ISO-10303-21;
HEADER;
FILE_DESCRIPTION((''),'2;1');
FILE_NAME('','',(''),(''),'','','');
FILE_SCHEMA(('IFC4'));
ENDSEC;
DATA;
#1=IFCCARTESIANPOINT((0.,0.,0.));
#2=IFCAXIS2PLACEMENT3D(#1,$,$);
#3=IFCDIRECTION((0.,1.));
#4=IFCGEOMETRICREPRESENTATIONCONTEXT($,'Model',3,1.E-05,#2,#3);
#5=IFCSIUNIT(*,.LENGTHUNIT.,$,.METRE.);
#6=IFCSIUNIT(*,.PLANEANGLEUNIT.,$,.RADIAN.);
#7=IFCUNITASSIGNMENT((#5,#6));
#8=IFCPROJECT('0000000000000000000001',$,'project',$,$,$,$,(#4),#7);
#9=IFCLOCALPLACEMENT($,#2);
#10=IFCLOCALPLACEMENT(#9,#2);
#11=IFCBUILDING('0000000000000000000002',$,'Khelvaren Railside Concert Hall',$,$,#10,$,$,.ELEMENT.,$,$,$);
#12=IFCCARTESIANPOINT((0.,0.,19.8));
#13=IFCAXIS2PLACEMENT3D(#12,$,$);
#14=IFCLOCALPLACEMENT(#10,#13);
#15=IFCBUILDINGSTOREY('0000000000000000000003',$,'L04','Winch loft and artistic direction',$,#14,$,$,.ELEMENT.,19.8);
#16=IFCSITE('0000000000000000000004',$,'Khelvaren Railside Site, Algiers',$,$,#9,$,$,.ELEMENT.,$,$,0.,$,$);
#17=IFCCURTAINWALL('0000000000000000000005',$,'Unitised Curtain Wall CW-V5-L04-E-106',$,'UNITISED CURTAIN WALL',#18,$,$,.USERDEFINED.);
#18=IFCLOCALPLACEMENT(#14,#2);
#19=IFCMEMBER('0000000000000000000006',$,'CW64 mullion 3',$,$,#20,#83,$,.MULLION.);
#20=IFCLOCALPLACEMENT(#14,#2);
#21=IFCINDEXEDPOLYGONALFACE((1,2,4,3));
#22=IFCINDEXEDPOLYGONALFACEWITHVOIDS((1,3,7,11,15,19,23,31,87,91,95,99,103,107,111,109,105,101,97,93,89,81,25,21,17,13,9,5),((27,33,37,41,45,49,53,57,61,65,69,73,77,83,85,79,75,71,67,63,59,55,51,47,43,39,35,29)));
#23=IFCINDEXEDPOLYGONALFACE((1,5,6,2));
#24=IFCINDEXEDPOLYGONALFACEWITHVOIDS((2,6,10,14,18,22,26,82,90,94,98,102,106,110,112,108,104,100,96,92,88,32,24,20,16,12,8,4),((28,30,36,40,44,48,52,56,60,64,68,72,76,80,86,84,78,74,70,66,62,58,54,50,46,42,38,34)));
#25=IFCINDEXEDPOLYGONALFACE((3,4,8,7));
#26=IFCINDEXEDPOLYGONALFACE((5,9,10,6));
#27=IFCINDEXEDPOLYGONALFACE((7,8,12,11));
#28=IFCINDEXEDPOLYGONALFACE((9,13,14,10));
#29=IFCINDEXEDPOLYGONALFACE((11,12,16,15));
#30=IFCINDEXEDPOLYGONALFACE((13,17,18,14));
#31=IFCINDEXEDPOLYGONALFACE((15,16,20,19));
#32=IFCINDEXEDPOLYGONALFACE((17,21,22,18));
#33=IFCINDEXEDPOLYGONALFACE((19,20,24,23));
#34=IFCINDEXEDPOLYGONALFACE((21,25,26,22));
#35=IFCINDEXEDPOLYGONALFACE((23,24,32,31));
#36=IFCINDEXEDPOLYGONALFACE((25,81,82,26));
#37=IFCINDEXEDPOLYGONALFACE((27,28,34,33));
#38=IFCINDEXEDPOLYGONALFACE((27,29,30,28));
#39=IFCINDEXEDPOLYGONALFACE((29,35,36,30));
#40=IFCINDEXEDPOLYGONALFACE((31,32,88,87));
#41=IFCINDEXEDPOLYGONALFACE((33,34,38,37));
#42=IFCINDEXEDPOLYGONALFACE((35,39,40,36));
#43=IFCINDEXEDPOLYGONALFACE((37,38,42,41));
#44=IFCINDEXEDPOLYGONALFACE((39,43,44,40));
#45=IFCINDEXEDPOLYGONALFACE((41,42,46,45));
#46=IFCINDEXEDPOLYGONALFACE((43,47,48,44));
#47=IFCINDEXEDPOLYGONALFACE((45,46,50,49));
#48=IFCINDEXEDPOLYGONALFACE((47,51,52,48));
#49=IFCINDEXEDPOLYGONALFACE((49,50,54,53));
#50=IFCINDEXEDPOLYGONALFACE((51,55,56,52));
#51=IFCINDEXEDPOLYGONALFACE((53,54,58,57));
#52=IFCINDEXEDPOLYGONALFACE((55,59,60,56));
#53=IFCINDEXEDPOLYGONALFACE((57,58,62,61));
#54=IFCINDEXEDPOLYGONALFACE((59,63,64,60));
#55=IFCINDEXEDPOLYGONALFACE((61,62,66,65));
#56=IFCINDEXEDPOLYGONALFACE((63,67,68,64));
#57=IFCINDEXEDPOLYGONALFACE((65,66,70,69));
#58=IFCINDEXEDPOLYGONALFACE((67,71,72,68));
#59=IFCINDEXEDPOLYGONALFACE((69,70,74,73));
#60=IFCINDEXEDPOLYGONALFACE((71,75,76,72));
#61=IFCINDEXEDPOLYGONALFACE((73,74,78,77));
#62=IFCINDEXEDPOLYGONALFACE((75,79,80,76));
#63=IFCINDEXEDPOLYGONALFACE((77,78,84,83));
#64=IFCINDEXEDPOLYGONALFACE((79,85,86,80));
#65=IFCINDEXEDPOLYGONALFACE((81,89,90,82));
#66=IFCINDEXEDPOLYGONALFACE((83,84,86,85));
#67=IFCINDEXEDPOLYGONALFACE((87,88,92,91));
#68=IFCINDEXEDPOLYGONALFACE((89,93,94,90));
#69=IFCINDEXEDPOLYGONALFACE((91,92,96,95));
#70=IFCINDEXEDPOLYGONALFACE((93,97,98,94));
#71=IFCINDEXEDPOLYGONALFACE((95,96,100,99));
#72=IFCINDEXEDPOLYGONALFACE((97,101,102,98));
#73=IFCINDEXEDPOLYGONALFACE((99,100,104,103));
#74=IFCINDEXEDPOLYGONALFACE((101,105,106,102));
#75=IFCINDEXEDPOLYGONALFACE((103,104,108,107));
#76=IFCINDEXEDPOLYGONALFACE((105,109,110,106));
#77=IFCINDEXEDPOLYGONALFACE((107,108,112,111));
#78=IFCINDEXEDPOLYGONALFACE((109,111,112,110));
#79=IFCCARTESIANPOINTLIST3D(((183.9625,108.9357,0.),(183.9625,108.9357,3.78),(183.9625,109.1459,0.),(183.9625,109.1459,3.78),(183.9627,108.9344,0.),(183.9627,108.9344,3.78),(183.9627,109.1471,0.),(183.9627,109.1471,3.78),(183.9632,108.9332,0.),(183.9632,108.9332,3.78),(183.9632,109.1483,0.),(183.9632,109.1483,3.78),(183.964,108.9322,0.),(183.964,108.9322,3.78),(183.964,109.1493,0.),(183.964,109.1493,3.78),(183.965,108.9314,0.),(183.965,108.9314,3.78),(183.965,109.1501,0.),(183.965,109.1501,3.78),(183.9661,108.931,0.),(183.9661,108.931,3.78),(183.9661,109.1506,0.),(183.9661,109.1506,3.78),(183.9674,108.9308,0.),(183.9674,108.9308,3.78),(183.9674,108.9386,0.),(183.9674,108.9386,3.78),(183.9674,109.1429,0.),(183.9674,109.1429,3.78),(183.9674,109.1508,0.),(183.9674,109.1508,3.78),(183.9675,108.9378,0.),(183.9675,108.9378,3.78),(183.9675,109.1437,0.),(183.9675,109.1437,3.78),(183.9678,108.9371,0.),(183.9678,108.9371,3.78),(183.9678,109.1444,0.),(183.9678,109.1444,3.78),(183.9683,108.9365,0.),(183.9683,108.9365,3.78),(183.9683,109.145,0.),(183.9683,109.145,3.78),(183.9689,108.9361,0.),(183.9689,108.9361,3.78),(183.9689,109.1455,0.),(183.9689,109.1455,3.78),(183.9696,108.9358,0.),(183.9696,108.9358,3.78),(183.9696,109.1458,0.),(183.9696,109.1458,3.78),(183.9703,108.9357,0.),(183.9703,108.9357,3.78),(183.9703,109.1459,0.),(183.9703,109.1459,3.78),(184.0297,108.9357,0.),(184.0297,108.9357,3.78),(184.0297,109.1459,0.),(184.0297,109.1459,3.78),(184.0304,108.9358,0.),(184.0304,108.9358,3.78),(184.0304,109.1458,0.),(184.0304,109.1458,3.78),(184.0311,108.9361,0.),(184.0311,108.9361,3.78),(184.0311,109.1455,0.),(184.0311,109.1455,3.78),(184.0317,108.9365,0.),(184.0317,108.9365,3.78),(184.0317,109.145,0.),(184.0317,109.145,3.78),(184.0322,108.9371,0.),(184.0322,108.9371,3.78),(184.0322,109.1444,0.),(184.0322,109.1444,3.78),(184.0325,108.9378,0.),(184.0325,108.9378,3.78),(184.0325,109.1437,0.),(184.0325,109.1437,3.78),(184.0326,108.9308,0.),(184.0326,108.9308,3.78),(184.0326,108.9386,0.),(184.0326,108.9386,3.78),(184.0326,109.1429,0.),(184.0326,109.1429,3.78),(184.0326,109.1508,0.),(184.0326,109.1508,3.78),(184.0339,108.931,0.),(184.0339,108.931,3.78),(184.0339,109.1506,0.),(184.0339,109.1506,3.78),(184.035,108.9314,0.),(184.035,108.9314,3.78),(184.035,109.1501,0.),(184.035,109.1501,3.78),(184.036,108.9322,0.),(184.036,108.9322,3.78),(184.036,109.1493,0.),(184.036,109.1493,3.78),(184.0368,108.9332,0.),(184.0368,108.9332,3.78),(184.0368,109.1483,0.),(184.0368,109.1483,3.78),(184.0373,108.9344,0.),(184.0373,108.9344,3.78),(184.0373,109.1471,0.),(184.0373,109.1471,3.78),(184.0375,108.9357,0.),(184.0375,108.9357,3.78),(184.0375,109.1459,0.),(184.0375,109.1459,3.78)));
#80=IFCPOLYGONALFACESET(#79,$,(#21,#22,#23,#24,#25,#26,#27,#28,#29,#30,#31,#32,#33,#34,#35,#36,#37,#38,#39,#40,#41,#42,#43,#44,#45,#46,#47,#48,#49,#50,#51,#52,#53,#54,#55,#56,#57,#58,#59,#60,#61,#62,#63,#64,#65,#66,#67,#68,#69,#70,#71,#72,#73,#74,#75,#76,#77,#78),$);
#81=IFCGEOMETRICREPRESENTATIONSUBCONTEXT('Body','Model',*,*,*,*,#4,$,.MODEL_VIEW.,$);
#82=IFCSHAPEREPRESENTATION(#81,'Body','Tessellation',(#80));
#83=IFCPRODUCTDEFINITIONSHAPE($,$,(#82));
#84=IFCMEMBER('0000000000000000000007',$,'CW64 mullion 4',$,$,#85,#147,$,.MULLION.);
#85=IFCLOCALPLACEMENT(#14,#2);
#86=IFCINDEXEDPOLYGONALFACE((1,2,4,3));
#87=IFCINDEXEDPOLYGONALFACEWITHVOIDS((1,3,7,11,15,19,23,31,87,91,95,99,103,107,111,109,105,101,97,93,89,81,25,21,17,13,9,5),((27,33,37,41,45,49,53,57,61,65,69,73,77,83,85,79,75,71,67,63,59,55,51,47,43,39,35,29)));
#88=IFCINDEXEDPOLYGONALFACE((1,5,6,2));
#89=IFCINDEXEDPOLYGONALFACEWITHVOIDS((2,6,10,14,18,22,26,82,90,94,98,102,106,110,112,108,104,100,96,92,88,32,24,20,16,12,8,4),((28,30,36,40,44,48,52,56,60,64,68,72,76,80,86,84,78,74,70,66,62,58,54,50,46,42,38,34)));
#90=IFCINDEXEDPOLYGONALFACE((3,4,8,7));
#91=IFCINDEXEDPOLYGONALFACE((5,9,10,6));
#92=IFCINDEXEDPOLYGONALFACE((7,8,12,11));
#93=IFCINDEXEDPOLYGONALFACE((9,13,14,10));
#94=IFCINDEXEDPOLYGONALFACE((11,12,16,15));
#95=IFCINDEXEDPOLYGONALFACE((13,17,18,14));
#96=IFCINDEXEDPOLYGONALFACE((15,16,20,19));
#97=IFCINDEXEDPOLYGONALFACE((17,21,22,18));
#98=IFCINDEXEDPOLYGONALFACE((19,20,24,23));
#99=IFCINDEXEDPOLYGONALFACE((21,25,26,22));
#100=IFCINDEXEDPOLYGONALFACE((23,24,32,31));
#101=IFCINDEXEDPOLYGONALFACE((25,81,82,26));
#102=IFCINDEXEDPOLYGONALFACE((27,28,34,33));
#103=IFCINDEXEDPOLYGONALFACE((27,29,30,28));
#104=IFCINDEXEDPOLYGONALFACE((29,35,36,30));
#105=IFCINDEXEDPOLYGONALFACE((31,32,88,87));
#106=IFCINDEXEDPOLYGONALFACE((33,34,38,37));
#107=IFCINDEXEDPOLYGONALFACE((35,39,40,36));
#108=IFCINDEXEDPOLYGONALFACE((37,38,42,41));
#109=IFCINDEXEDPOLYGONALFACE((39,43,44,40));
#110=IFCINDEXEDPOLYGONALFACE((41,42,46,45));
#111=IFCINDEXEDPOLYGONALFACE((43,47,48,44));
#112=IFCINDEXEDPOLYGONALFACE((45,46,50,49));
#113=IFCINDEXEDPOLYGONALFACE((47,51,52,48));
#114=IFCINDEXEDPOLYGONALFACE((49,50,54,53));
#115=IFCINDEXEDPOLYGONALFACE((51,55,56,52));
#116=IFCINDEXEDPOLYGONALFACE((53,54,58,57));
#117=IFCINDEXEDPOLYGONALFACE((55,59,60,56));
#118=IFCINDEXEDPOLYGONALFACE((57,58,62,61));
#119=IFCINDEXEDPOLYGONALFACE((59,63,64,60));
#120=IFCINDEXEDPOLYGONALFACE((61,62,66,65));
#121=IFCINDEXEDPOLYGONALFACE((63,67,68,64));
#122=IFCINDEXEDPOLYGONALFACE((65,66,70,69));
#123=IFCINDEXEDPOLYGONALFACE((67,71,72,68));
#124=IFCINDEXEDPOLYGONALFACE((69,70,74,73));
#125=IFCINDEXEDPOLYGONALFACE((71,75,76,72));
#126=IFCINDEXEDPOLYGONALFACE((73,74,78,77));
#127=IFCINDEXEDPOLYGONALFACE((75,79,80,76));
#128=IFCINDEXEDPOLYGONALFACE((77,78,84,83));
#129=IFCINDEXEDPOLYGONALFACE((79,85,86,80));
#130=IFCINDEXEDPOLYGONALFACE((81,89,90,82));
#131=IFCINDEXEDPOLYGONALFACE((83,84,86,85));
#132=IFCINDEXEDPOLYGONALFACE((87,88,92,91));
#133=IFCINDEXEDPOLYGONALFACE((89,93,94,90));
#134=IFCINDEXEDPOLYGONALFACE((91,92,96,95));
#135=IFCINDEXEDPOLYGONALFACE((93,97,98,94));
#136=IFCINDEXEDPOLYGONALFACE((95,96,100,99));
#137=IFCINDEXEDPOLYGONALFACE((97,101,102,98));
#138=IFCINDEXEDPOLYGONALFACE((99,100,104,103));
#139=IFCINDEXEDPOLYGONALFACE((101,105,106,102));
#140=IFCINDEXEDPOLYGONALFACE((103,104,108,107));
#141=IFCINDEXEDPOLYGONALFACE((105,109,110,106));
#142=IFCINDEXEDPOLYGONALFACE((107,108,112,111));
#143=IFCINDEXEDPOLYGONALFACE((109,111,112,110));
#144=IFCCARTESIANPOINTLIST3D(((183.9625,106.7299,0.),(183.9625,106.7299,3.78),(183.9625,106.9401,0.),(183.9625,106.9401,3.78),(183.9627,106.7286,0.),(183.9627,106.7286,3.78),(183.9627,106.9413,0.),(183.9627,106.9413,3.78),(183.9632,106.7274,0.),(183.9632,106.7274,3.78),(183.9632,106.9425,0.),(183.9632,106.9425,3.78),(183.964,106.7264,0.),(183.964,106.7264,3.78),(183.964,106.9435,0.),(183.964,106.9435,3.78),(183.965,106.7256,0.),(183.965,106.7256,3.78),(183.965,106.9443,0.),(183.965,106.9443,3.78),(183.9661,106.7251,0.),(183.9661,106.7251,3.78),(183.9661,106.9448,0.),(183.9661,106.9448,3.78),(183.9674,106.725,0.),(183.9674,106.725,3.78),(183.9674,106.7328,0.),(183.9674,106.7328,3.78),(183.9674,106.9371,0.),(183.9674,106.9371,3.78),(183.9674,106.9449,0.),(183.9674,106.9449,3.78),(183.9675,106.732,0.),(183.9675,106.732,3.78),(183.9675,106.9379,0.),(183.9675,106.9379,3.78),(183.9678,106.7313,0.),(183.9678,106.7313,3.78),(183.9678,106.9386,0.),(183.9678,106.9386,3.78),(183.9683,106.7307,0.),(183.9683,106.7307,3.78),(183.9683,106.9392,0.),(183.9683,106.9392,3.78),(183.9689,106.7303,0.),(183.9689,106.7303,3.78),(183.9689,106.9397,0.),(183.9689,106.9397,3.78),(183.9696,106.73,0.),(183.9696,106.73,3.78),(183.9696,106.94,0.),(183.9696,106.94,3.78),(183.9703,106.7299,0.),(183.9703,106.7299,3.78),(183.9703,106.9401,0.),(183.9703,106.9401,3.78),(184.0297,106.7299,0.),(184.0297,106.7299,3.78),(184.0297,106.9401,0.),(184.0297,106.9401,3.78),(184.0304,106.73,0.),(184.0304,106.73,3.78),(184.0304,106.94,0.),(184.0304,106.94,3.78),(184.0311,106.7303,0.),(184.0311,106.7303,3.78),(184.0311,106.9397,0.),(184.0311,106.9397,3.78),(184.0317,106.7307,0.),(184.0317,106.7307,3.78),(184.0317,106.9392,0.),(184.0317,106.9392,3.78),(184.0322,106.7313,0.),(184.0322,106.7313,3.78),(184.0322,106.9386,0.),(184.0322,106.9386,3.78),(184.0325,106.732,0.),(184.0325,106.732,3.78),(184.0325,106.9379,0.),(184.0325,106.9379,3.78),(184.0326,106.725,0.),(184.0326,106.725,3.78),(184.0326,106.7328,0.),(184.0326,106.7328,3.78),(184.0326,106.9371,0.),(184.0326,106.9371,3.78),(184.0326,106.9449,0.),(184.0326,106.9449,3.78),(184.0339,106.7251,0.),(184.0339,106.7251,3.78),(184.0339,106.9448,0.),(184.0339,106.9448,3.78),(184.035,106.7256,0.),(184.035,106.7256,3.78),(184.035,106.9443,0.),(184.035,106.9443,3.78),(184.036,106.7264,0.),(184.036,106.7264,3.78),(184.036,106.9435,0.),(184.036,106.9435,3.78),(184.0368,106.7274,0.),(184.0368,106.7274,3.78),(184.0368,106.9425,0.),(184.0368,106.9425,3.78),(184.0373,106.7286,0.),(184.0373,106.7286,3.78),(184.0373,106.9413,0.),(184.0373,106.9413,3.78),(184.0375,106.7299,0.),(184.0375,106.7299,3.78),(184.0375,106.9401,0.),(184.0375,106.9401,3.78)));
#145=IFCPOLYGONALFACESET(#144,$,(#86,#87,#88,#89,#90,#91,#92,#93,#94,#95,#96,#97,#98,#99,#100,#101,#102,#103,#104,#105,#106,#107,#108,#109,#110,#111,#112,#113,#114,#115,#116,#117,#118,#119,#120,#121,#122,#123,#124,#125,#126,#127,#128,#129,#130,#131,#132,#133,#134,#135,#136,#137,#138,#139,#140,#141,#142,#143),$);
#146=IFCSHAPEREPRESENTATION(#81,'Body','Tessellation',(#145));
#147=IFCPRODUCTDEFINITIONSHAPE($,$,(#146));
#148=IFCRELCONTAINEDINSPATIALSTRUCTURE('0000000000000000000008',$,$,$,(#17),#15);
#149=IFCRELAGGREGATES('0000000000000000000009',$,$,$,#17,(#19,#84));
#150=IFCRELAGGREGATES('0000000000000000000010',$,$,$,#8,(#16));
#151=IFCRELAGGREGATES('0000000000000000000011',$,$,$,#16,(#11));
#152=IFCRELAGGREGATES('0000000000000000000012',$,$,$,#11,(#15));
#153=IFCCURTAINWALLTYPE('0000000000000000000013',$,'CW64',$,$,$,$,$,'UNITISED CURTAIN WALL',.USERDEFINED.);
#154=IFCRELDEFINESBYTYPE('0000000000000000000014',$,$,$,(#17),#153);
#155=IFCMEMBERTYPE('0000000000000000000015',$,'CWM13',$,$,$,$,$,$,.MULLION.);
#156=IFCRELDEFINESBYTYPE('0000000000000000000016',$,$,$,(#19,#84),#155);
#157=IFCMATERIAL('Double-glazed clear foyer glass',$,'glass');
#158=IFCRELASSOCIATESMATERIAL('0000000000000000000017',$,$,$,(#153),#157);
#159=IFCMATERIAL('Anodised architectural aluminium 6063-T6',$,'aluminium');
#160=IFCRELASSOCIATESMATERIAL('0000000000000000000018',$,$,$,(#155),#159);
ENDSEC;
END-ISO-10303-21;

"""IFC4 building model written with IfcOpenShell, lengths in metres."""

from ifc_helpers import new_model, si_unit, direction, frame, origin, origin_2d, place, context, subcontext, project, spatial, hollow_rectangle, extrude, material, material_profile, profile_set, type_object, element, aggregate, save


model = new_model("IFC4")

# Units and contexts
model_context = context("Model", 3, precision=1e-05, world=origin(), true_north=direction((0.0, 1.0)))
body_context = subcontext(model_context, "Body", "Model", "MODEL_VIEW")
ifc_project = project(units=[si_unit("LENGTHUNIT", "METRE"), si_unit("PLANEANGLEUNIT", "RADIAN")], contexts=[model_context])

# Site, building, storey
site_placement = place(None, origin())
site = spatial("IfcSite", under=ifc_project, at=site_placement, Name="Khelvaren Railside Site, Algiers", CompositionType="ELEMENT", RefElevation=0.0)
building_placement = place(site_placement, origin())
building = spatial("IfcBuilding", under=site, at=building_placement, Name="Khelvaren Railside Concert Hall", CompositionType="ELEMENT")
storey_placement = place(building_placement, frame((0.0, 0.0, 19.8)))
storey = spatial("IfcBuildingStorey", under=building, at=storey_placement, Name="L04", Description="Winch loft and artistic direction", CompositionType="ELEMENT", Elevation=19.8)

# Curtain wall, members
ifc_material_1 = material(Name="Double-glazed clear foyer glass", Category="glass")
curtain_wall_type_1 = type_object("IfcCurtainWallType", Name="CW64", ElementType="UNITISED CURTAIN WALL", PredefinedType="USERDEFINED", material=ifc_material_1)
curtain_wall_1_placement = place(storey_placement, origin())
curtain_wall_1 = element("IfcCurtainWall", 1, at=curtain_wall_1_placement, inside=storey, type_object=curtain_wall_type_1, Name="Unitised Curtain Wall CW-V5-L04-E-106", ObjectType="UNITISED CURTAIN WALL", PredefinedType="USERDEFINED")
ifc_material_2 = material(Name="Anodised architectural aluminium 6063-T6", Category="aluminium")
ifc_material_profile_1 = material_profile(ifc_material_2, hollow_rectangle(XDim=0.075, YDim=0.22, WallThickness=0.0049, InnerFilletRadius=0.0029, OuterFilletRadius=0.0049, at=origin_2d()), Name="CWM 75x220x5")
ifc_profile_set_1 = profile_set([ifc_material_profile_1], Name="Anodised architectural aluminium 6063-T6")
member_type_1 = type_object("IfcMemberType", Name="CWM13", PredefinedType="MULLION", material=ifc_profile_set_1)
member_1_placement = place(storey_placement, frame((184.0, 109.0408, 0.0), z_axis=(0.0, 0.0, 1.0), x_axis=(1.0, 0.0, 0.0)))
member_1 = element("IfcMember", 2, at=member_1_placement, type_object=member_type_1, Name="CW64 mullion 3", PredefinedType="MULLION", context=body_context, shape_type="SweptSolid", body=[
    extrude(hollow_rectangle(XDim=0.075, YDim=0.22, WallThickness=0.0049, InnerFilletRadius=0.0029, OuterFilletRadius=0.0049, at=origin_2d()), origin(), (0.0, 0.0, 1.0), 3.78),
])
member_2_placement = place(storey_placement, frame((184.0, 106.835, 0.0), z_axis=(0.0, 0.0, 1.0), x_axis=(1.0, 0.0, 0.0)))
member_2 = element("IfcMember", 3, at=member_2_placement, type_object=member_type_1, Name="CW64 mullion 4", PredefinedType="MULLION", context=body_context, shape_type="SweptSolid", body=[
    extrude(hollow_rectangle(XDim=0.075, YDim=0.22, WallThickness=0.0049, InnerFilletRadius=0.0029, OuterFilletRadius=0.0049, at=origin_2d()), origin(), (0.0, 0.0, 1.0), 3.78),
])

aggregate(curtain_wall_1, [member_1, member_2])

save(model, "model.ifc")
